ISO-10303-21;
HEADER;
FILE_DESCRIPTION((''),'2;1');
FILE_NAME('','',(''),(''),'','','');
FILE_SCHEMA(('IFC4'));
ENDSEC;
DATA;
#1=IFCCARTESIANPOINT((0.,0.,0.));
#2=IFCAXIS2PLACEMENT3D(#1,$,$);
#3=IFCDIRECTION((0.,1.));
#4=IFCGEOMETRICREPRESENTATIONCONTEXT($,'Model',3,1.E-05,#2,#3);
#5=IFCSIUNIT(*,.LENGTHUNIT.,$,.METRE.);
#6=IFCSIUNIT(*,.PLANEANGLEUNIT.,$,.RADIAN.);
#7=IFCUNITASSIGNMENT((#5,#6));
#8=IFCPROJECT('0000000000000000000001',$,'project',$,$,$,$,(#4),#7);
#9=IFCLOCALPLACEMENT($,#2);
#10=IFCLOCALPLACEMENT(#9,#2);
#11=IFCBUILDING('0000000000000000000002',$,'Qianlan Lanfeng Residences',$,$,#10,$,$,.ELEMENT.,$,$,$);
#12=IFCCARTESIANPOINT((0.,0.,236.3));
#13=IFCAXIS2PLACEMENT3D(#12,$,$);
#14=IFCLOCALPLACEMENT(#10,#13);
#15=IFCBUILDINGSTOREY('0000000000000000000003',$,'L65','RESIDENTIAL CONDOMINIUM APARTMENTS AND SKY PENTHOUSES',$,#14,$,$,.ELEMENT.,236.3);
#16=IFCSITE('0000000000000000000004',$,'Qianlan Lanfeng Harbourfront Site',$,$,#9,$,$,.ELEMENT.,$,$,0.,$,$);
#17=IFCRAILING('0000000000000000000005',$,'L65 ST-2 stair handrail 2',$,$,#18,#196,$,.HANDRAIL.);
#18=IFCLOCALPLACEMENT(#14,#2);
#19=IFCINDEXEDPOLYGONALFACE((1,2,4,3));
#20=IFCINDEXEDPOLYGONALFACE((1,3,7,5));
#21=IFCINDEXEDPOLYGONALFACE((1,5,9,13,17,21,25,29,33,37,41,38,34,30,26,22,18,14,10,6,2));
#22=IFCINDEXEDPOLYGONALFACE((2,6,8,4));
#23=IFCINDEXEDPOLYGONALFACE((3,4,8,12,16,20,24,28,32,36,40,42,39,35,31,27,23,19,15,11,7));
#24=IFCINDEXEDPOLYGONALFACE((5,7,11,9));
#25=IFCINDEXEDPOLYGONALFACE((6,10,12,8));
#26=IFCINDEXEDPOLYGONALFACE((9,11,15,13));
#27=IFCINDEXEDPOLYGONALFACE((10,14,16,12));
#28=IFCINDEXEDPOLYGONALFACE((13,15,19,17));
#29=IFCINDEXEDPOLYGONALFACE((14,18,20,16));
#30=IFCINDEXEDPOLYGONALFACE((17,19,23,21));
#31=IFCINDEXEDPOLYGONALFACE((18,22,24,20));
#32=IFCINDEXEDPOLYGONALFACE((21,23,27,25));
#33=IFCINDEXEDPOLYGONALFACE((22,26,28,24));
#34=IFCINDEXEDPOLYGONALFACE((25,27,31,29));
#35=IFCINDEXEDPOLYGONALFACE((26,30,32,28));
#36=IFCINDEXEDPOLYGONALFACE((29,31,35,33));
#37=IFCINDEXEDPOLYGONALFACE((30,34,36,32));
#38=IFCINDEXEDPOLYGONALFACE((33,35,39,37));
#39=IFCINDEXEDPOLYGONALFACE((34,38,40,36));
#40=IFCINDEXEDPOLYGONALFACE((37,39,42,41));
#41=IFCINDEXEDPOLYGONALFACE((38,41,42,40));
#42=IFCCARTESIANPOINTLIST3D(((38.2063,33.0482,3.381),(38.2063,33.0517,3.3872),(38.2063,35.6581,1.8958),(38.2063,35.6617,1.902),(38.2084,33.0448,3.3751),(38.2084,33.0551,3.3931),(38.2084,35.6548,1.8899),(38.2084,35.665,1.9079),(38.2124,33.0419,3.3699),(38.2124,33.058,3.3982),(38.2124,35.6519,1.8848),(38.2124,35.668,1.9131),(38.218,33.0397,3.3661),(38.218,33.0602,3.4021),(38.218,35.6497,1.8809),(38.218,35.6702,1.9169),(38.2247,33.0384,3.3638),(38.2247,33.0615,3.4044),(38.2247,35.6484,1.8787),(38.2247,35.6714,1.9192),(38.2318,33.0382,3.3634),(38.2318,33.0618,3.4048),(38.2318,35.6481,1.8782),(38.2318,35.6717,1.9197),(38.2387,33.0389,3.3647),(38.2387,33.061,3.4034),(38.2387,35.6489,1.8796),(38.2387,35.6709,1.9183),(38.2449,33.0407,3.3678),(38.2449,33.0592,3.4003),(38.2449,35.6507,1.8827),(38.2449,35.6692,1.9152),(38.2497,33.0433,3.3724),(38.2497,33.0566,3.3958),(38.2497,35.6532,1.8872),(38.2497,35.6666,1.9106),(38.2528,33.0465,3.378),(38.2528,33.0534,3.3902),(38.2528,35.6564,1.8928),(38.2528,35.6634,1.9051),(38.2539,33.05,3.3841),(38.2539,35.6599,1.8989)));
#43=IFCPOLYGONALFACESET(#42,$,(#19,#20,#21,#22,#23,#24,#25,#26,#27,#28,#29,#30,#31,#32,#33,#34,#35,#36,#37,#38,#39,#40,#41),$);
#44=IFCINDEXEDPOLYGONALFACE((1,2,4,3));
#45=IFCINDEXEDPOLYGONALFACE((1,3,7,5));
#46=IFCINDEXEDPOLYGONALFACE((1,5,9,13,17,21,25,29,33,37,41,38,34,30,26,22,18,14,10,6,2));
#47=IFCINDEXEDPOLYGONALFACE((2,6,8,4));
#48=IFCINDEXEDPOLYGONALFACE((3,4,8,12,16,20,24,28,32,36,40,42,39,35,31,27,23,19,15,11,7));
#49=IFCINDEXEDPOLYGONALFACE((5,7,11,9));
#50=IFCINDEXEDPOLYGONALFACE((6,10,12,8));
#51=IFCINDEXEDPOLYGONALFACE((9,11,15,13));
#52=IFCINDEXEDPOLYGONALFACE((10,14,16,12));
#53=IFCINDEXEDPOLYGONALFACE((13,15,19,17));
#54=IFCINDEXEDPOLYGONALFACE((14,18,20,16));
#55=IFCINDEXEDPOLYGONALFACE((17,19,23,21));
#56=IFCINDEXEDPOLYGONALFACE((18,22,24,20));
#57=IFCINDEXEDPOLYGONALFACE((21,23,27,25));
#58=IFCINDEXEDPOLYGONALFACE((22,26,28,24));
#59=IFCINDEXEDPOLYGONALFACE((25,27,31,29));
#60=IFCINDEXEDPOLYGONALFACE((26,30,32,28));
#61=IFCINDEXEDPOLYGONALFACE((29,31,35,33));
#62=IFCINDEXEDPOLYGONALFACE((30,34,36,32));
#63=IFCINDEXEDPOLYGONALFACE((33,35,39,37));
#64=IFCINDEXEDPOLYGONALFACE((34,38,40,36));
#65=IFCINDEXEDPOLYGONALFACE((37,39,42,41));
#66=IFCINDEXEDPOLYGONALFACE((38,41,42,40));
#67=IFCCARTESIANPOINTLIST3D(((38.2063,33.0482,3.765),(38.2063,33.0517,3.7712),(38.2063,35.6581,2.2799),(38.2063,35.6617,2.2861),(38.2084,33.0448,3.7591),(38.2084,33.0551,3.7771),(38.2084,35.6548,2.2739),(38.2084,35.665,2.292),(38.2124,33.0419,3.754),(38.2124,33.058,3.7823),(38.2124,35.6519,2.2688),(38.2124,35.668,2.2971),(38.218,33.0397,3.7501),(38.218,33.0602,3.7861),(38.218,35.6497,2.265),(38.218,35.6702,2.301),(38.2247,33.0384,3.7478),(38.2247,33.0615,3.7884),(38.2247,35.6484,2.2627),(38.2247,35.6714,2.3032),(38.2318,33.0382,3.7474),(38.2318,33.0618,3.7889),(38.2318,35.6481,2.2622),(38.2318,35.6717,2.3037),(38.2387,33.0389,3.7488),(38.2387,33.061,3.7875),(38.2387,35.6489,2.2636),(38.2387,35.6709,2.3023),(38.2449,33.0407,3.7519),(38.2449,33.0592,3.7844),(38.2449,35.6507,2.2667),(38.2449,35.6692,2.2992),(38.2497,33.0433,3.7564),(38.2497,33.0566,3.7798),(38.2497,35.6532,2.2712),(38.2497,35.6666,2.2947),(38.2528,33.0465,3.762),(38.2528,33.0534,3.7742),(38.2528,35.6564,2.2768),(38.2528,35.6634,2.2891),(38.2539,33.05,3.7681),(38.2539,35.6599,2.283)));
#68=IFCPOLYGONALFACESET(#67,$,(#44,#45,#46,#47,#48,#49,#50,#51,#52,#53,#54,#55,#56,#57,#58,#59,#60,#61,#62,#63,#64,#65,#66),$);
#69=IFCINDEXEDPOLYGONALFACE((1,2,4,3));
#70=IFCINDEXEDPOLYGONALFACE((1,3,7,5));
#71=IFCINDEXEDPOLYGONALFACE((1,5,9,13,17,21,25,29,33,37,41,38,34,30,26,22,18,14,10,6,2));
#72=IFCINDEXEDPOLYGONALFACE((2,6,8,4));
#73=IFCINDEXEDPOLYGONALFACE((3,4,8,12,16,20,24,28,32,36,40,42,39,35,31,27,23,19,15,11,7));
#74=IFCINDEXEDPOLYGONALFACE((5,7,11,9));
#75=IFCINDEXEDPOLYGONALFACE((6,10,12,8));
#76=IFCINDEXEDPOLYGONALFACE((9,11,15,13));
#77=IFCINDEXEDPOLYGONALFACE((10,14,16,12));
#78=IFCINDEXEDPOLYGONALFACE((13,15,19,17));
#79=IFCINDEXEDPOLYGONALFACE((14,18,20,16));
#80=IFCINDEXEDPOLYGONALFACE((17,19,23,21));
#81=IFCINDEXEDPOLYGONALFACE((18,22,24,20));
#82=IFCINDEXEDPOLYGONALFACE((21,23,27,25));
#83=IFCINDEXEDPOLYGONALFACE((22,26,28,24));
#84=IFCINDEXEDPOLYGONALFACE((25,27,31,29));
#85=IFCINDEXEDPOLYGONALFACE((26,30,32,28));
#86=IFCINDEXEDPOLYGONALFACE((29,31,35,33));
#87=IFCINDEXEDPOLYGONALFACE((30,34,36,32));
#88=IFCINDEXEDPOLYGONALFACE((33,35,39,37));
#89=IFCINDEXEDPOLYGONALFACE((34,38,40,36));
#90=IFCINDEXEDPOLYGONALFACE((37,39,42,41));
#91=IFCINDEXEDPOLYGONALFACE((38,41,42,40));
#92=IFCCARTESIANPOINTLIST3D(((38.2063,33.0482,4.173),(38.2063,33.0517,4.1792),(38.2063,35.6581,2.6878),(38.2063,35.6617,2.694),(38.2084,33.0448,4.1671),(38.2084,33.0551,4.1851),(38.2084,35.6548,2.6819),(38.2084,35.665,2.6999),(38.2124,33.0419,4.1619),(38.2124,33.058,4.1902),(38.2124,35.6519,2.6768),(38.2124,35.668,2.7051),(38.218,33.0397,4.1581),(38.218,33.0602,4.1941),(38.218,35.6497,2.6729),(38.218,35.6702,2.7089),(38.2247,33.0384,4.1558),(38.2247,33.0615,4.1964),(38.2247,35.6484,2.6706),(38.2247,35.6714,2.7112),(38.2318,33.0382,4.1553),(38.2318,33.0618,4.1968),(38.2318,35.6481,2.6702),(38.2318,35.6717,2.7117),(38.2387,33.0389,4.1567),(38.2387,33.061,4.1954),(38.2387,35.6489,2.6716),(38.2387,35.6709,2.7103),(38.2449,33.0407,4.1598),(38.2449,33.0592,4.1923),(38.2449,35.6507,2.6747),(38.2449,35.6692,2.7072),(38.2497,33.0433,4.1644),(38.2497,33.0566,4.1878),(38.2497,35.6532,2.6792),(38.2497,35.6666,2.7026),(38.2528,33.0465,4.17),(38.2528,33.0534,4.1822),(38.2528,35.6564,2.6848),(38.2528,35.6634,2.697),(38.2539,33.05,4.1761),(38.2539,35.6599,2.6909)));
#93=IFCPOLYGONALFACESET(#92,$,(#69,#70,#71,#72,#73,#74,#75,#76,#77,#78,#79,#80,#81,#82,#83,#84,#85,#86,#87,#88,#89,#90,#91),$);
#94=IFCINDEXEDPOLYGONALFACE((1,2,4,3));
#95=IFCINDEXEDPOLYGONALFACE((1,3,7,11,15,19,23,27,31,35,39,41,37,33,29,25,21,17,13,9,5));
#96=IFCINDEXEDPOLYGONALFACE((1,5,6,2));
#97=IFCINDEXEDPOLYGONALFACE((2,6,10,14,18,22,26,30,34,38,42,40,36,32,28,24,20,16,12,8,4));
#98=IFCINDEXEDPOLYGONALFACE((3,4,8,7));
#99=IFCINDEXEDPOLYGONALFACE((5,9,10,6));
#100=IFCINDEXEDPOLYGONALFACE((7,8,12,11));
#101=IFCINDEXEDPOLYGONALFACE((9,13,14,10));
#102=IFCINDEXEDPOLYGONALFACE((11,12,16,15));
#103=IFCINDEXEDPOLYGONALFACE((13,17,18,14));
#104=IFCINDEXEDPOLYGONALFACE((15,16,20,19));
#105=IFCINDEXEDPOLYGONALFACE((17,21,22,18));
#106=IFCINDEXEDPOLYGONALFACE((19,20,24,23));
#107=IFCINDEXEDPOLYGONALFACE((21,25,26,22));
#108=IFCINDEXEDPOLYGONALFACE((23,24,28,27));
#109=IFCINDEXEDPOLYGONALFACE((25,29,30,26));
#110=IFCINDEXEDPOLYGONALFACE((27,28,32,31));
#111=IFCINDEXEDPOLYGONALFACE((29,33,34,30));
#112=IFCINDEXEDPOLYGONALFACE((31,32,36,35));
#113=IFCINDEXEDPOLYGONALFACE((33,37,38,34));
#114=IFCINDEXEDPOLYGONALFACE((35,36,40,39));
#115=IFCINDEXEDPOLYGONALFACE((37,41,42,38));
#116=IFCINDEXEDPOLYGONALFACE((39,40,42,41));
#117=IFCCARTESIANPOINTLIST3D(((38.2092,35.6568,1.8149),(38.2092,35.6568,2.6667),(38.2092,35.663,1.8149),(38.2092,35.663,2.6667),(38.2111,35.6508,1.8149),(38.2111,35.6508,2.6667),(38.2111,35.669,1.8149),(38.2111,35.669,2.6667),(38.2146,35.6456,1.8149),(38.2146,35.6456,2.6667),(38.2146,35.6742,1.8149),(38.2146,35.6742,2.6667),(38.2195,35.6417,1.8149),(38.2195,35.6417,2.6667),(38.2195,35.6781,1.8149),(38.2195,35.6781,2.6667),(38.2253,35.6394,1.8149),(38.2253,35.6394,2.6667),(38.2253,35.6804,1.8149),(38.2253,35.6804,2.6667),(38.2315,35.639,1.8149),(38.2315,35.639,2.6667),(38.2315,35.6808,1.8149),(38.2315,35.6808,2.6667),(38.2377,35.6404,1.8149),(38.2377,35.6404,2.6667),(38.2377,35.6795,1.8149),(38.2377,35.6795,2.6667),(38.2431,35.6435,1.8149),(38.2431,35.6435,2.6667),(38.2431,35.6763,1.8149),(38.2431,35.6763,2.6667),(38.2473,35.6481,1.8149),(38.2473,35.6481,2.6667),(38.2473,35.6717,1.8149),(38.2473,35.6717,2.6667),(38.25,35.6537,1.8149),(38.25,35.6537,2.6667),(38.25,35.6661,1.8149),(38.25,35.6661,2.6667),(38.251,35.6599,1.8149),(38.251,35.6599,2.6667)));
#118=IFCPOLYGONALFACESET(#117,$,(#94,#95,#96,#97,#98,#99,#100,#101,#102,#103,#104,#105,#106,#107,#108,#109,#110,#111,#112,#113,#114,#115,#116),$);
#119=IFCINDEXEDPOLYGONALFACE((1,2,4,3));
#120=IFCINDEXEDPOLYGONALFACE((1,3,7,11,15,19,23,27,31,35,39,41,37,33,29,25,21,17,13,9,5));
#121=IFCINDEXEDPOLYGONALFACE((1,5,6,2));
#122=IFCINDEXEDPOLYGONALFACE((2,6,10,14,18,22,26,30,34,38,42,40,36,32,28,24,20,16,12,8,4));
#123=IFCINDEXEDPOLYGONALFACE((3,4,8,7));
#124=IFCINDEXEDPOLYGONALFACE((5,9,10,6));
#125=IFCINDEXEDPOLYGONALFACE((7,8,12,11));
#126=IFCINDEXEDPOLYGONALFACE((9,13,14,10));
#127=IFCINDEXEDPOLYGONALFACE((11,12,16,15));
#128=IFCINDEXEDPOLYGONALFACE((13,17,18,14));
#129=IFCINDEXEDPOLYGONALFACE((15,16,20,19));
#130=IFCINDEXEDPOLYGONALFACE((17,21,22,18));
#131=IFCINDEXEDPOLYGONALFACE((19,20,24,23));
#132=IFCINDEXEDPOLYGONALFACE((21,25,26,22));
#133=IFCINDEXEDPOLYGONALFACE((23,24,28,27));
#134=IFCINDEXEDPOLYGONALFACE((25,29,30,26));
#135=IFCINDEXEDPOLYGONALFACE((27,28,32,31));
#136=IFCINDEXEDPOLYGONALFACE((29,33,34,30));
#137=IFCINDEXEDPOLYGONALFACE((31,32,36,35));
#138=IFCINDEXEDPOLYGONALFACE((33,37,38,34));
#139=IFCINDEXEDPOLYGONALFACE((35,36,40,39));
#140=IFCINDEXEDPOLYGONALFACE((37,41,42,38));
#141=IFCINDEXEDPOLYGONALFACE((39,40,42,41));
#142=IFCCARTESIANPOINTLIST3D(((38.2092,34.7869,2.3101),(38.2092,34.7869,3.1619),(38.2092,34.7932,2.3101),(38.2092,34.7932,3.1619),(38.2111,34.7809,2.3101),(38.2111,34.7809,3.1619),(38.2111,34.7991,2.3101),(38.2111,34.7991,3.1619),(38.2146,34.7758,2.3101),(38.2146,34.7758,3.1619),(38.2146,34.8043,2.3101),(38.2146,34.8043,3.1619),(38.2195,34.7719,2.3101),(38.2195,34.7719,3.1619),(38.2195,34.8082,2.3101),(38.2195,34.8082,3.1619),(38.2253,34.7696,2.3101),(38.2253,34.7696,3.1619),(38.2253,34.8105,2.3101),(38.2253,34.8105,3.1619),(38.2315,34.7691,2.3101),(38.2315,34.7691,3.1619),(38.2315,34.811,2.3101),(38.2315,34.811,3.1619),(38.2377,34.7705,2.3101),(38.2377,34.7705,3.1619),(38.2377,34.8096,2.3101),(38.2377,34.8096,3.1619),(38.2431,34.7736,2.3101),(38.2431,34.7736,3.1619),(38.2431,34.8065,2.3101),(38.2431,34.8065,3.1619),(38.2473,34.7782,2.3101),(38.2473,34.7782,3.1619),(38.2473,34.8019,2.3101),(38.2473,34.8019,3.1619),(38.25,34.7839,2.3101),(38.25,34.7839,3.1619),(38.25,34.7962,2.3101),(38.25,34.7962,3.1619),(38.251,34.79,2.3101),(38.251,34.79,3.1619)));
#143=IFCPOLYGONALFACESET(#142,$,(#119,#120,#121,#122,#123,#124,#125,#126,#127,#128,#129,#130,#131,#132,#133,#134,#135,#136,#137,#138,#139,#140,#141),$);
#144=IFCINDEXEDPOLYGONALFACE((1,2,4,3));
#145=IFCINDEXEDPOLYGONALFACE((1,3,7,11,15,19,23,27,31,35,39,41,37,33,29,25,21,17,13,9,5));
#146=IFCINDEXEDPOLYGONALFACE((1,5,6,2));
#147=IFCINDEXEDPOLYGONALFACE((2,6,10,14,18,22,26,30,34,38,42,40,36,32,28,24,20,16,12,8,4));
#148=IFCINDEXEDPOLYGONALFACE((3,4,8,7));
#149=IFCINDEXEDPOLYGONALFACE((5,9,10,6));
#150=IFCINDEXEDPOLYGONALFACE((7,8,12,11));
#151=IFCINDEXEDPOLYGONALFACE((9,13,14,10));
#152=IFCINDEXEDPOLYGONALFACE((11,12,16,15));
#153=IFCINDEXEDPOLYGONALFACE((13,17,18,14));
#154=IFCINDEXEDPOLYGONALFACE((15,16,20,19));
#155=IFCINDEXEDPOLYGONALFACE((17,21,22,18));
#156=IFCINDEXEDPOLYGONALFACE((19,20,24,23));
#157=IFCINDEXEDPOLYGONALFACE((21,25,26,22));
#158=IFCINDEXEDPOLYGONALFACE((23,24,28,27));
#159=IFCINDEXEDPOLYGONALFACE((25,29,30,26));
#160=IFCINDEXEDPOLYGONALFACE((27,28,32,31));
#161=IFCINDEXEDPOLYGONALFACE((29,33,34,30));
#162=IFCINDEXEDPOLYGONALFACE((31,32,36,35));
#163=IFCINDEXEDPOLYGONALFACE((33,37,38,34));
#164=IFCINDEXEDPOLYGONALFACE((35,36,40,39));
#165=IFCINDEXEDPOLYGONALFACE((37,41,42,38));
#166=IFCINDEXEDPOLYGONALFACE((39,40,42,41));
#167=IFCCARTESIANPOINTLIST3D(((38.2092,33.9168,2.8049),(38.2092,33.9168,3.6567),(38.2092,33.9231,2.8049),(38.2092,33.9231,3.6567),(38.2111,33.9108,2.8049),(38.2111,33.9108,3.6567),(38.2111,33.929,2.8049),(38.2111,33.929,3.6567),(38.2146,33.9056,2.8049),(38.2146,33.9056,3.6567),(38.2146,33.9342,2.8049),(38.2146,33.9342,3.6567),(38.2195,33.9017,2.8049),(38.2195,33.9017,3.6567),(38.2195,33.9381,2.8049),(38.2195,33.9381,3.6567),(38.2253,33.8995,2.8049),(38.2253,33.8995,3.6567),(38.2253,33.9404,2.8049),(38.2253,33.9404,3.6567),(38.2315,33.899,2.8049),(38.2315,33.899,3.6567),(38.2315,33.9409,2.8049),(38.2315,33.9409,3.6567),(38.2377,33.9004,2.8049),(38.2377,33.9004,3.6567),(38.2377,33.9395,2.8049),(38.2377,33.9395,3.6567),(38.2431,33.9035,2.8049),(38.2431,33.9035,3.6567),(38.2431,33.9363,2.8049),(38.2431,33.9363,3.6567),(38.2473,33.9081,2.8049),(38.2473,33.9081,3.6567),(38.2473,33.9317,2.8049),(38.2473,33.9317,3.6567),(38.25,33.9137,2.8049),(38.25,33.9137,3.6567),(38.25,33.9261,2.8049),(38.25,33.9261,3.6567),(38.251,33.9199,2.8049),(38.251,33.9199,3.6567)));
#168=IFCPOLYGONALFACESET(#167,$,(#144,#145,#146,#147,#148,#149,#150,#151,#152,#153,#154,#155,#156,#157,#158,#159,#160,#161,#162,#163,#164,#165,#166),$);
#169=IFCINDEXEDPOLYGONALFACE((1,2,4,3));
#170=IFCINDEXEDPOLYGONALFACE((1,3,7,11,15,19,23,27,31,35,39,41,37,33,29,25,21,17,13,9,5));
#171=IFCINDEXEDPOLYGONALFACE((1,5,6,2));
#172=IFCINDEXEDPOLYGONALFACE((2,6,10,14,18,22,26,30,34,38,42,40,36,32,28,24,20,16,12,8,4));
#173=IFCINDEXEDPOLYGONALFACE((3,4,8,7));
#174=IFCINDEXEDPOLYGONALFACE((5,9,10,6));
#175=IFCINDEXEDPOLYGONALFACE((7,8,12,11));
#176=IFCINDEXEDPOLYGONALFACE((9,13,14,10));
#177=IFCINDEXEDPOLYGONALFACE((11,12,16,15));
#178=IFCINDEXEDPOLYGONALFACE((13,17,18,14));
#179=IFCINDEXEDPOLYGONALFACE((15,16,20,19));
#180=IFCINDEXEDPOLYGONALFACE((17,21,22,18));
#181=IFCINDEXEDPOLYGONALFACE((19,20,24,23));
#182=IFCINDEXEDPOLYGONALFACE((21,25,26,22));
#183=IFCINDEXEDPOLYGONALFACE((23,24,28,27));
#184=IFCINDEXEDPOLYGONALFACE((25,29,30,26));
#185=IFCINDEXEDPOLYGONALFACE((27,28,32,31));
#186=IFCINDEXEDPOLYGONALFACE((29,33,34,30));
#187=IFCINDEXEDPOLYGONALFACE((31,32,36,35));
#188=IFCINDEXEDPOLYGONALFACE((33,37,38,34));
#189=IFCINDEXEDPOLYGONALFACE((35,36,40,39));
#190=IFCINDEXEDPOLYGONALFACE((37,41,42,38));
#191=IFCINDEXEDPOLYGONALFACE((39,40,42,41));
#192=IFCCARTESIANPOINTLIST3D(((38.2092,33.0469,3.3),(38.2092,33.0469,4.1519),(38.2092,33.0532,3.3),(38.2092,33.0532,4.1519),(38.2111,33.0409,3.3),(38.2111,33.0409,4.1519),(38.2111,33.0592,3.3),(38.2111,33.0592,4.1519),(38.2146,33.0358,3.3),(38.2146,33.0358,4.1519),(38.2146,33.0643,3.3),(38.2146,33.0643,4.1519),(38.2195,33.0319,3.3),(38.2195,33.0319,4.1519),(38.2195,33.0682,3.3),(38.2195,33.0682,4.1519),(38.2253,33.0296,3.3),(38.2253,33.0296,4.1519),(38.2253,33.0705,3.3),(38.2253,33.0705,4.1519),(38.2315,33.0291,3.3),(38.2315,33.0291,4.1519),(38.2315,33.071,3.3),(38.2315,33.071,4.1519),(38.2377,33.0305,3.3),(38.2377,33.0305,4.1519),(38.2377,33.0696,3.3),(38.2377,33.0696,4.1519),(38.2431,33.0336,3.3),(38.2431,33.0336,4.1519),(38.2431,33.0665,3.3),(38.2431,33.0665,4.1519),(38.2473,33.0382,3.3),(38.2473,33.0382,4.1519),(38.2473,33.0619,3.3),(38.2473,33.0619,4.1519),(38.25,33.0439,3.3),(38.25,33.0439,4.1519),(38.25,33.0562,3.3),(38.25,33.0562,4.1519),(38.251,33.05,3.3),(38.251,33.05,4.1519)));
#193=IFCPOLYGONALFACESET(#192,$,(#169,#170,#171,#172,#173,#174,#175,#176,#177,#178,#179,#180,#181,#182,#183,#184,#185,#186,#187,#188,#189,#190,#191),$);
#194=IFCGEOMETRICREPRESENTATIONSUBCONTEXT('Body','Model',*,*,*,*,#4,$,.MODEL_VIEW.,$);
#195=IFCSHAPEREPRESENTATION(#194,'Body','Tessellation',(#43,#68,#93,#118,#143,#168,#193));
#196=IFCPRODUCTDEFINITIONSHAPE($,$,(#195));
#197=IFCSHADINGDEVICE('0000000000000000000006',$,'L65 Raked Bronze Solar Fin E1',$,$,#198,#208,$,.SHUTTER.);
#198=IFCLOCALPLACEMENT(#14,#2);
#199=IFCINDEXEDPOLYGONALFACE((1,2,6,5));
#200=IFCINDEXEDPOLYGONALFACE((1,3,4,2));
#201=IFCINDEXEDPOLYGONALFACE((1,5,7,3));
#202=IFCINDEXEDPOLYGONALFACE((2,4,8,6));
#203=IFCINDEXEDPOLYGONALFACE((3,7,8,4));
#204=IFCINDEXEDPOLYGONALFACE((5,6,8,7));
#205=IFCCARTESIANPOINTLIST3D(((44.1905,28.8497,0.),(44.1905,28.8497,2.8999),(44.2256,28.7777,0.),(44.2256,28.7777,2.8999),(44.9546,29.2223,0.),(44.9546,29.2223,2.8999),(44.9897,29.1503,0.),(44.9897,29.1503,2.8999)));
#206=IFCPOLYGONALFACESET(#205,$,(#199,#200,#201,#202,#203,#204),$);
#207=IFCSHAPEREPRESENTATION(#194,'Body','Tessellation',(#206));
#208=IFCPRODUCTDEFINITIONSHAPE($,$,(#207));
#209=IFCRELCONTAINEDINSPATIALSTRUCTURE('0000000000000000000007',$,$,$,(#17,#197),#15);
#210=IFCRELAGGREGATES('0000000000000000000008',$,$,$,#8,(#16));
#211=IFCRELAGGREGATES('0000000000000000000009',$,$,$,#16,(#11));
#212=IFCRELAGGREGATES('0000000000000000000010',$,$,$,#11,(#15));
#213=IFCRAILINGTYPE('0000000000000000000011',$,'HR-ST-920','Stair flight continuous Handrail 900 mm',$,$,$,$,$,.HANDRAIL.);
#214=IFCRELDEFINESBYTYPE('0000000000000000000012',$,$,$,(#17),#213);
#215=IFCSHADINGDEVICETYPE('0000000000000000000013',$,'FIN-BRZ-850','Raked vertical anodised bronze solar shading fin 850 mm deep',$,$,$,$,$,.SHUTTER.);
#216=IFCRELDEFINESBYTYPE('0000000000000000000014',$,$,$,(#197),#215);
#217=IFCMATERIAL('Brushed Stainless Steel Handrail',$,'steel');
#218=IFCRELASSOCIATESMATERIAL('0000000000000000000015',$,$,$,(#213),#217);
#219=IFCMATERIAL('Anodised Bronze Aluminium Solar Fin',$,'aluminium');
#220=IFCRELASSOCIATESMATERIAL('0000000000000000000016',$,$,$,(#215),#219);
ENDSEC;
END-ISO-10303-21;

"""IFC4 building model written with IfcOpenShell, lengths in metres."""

from ifc_helpers import new_model, si_unit, direction, frame, origin, origin_2d, place, context, subcontext, project, spatial, rectangle, circle, extrude, source, transform, mapped, material, type_object, element, save


model = new_model("IFC4")

# Units and contexts
model_context = context("Model", 3, precision=1e-05, world=origin(), true_north=direction((0.0, 1.0)))
body_context = subcontext(model_context, "Body", "Model", "MODEL_VIEW")
ifc_project = project(units=[si_unit("LENGTHUNIT", "METRE"), si_unit("PLANEANGLEUNIT", "RADIAN")], contexts=[model_context])

# Site, building, storey
site_placement = place(None, origin())
site = spatial("IfcSite", under=ifc_project, at=site_placement, Name="Qianlan Lanfeng Harbourfront Site", CompositionType="ELEMENT", RefElevation=0.0)
building_placement = place(site_placement, origin())
building = spatial("IfcBuilding", under=site, at=building_placement, Name="Qianlan Lanfeng Residences", CompositionType="ELEMENT")
storey_placement = place(building_placement, frame((0.0, 0.0, 236.3)))
storey = spatial("IfcBuildingStorey", under=building, at=storey_placement, Name="L65", Description="RESIDENTIAL CONDOMINIUM APARTMENTS AND SKY PENTHOUSES", CompositionType="ELEMENT", Elevation=236.3)

# Railing
ifc_material_1 = material(Name="Brushed Stainless Steel Handrail", Category="steel")
railing_type_1 = type_object("IfcRailingType", Name="HR-ST-920", Description="Stair flight continuous Handrail 900 mm", PredefinedType="HANDRAIL", material=ifc_material_1)
railing_1_placement = place(storey_placement, frame((38.23, 35.6599, 1.8149)))
element("IfcRailing", 1, at=railing_1_placement, inside=storey, type_object=railing_type_1, Name="L65 ST-2 stair handrail 2", PredefinedType="HANDRAIL", context=body_context, shape_type="SweptSolid", body=[
    extrude(circle(Radius=0.0239, at=origin_2d()), frame((0.0, 0.0, 0.084), z_axis=(0.0, -0.869137, 0.494571), x_axis=(1.0, 0.0, 0.0)), (0.0, 0.0, 1.0), 3.0029),
    extrude(circle(Radius=0.0239, at=origin_2d()), frame((0.0, 0.0, 0.468), z_axis=(0.0, -0.869137, 0.494571), x_axis=(1.0, 0.0, 0.0)), (0.0, 0.0, 1.0), 3.0029),
    extrude(circle(Radius=0.0239, at=origin_2d()), frame((0.0, 0.0, 0.876), z_axis=(0.0, -0.869137, 0.494571), x_axis=(1.0, 0.0, 0.0)), (0.0, 0.0, 1.0), 3.0029),
    extrude(circle(Radius=0.021, at=origin_2d()), origin(), (0.0, 0.0, 1.0), 0.8518),
    extrude(circle(Radius=0.021, at=origin_2d()), frame((0.0, -0.8699, 0.4951)), (0.0, 0.0, 1.0), 0.8518),
    extrude(circle(Radius=0.021, at=origin_2d()), frame((0.0, -1.74, 0.99)), (0.0, 0.0, 1.0), 0.8518),
    extrude(circle(Radius=0.021, at=origin_2d()), frame((0.0, -2.6099, 1.4851)), (0.0, 0.0, 1.0), 0.8518),
])

# Shading device
ifc_material_2 = material(Name="Anodised Bronze Aluminium Solar Fin", Category="aluminium")
shading_device_type = type_object("IfcShadingDeviceType", Name="FIN-BRZ-850", Description="Raked vertical anodised bronze solar shading fin 850 mm deep", PredefinedType="SHUTTER", material=ifc_material_2)
shared_shape_1 = source(origin(), body_context, "Body", "SweptSolid", [
    extrude(rectangle(XDim=0.8501, YDim=0.0801, at=origin_2d()), origin(), (0.0, 0.0, 1.0), 2.8999),
])
for number, where, z_axis, x_axis, name in (
    (2, (44.5901, 29.0, 0.0), (0.0, 0.0, 1.0), (0.898794, 0.438371, 0.0), "L65 Raked Bronze Solar Fin E1"),
):
    element("IfcShadingDevice", number, at=place(storey_placement, frame(where, z_axis=z_axis, x_axis=x_axis)), inside=storey, type_object=shading_device_type, Name=name, PredefinedType="SHUTTER", context=body_context, shape_type="MappedRepresentation", body=[
        mapped(shared_shape_1, transform((0.0, 0.0, 0.0), scale=1.0)),
    ])

save(model, "model.ifc")
